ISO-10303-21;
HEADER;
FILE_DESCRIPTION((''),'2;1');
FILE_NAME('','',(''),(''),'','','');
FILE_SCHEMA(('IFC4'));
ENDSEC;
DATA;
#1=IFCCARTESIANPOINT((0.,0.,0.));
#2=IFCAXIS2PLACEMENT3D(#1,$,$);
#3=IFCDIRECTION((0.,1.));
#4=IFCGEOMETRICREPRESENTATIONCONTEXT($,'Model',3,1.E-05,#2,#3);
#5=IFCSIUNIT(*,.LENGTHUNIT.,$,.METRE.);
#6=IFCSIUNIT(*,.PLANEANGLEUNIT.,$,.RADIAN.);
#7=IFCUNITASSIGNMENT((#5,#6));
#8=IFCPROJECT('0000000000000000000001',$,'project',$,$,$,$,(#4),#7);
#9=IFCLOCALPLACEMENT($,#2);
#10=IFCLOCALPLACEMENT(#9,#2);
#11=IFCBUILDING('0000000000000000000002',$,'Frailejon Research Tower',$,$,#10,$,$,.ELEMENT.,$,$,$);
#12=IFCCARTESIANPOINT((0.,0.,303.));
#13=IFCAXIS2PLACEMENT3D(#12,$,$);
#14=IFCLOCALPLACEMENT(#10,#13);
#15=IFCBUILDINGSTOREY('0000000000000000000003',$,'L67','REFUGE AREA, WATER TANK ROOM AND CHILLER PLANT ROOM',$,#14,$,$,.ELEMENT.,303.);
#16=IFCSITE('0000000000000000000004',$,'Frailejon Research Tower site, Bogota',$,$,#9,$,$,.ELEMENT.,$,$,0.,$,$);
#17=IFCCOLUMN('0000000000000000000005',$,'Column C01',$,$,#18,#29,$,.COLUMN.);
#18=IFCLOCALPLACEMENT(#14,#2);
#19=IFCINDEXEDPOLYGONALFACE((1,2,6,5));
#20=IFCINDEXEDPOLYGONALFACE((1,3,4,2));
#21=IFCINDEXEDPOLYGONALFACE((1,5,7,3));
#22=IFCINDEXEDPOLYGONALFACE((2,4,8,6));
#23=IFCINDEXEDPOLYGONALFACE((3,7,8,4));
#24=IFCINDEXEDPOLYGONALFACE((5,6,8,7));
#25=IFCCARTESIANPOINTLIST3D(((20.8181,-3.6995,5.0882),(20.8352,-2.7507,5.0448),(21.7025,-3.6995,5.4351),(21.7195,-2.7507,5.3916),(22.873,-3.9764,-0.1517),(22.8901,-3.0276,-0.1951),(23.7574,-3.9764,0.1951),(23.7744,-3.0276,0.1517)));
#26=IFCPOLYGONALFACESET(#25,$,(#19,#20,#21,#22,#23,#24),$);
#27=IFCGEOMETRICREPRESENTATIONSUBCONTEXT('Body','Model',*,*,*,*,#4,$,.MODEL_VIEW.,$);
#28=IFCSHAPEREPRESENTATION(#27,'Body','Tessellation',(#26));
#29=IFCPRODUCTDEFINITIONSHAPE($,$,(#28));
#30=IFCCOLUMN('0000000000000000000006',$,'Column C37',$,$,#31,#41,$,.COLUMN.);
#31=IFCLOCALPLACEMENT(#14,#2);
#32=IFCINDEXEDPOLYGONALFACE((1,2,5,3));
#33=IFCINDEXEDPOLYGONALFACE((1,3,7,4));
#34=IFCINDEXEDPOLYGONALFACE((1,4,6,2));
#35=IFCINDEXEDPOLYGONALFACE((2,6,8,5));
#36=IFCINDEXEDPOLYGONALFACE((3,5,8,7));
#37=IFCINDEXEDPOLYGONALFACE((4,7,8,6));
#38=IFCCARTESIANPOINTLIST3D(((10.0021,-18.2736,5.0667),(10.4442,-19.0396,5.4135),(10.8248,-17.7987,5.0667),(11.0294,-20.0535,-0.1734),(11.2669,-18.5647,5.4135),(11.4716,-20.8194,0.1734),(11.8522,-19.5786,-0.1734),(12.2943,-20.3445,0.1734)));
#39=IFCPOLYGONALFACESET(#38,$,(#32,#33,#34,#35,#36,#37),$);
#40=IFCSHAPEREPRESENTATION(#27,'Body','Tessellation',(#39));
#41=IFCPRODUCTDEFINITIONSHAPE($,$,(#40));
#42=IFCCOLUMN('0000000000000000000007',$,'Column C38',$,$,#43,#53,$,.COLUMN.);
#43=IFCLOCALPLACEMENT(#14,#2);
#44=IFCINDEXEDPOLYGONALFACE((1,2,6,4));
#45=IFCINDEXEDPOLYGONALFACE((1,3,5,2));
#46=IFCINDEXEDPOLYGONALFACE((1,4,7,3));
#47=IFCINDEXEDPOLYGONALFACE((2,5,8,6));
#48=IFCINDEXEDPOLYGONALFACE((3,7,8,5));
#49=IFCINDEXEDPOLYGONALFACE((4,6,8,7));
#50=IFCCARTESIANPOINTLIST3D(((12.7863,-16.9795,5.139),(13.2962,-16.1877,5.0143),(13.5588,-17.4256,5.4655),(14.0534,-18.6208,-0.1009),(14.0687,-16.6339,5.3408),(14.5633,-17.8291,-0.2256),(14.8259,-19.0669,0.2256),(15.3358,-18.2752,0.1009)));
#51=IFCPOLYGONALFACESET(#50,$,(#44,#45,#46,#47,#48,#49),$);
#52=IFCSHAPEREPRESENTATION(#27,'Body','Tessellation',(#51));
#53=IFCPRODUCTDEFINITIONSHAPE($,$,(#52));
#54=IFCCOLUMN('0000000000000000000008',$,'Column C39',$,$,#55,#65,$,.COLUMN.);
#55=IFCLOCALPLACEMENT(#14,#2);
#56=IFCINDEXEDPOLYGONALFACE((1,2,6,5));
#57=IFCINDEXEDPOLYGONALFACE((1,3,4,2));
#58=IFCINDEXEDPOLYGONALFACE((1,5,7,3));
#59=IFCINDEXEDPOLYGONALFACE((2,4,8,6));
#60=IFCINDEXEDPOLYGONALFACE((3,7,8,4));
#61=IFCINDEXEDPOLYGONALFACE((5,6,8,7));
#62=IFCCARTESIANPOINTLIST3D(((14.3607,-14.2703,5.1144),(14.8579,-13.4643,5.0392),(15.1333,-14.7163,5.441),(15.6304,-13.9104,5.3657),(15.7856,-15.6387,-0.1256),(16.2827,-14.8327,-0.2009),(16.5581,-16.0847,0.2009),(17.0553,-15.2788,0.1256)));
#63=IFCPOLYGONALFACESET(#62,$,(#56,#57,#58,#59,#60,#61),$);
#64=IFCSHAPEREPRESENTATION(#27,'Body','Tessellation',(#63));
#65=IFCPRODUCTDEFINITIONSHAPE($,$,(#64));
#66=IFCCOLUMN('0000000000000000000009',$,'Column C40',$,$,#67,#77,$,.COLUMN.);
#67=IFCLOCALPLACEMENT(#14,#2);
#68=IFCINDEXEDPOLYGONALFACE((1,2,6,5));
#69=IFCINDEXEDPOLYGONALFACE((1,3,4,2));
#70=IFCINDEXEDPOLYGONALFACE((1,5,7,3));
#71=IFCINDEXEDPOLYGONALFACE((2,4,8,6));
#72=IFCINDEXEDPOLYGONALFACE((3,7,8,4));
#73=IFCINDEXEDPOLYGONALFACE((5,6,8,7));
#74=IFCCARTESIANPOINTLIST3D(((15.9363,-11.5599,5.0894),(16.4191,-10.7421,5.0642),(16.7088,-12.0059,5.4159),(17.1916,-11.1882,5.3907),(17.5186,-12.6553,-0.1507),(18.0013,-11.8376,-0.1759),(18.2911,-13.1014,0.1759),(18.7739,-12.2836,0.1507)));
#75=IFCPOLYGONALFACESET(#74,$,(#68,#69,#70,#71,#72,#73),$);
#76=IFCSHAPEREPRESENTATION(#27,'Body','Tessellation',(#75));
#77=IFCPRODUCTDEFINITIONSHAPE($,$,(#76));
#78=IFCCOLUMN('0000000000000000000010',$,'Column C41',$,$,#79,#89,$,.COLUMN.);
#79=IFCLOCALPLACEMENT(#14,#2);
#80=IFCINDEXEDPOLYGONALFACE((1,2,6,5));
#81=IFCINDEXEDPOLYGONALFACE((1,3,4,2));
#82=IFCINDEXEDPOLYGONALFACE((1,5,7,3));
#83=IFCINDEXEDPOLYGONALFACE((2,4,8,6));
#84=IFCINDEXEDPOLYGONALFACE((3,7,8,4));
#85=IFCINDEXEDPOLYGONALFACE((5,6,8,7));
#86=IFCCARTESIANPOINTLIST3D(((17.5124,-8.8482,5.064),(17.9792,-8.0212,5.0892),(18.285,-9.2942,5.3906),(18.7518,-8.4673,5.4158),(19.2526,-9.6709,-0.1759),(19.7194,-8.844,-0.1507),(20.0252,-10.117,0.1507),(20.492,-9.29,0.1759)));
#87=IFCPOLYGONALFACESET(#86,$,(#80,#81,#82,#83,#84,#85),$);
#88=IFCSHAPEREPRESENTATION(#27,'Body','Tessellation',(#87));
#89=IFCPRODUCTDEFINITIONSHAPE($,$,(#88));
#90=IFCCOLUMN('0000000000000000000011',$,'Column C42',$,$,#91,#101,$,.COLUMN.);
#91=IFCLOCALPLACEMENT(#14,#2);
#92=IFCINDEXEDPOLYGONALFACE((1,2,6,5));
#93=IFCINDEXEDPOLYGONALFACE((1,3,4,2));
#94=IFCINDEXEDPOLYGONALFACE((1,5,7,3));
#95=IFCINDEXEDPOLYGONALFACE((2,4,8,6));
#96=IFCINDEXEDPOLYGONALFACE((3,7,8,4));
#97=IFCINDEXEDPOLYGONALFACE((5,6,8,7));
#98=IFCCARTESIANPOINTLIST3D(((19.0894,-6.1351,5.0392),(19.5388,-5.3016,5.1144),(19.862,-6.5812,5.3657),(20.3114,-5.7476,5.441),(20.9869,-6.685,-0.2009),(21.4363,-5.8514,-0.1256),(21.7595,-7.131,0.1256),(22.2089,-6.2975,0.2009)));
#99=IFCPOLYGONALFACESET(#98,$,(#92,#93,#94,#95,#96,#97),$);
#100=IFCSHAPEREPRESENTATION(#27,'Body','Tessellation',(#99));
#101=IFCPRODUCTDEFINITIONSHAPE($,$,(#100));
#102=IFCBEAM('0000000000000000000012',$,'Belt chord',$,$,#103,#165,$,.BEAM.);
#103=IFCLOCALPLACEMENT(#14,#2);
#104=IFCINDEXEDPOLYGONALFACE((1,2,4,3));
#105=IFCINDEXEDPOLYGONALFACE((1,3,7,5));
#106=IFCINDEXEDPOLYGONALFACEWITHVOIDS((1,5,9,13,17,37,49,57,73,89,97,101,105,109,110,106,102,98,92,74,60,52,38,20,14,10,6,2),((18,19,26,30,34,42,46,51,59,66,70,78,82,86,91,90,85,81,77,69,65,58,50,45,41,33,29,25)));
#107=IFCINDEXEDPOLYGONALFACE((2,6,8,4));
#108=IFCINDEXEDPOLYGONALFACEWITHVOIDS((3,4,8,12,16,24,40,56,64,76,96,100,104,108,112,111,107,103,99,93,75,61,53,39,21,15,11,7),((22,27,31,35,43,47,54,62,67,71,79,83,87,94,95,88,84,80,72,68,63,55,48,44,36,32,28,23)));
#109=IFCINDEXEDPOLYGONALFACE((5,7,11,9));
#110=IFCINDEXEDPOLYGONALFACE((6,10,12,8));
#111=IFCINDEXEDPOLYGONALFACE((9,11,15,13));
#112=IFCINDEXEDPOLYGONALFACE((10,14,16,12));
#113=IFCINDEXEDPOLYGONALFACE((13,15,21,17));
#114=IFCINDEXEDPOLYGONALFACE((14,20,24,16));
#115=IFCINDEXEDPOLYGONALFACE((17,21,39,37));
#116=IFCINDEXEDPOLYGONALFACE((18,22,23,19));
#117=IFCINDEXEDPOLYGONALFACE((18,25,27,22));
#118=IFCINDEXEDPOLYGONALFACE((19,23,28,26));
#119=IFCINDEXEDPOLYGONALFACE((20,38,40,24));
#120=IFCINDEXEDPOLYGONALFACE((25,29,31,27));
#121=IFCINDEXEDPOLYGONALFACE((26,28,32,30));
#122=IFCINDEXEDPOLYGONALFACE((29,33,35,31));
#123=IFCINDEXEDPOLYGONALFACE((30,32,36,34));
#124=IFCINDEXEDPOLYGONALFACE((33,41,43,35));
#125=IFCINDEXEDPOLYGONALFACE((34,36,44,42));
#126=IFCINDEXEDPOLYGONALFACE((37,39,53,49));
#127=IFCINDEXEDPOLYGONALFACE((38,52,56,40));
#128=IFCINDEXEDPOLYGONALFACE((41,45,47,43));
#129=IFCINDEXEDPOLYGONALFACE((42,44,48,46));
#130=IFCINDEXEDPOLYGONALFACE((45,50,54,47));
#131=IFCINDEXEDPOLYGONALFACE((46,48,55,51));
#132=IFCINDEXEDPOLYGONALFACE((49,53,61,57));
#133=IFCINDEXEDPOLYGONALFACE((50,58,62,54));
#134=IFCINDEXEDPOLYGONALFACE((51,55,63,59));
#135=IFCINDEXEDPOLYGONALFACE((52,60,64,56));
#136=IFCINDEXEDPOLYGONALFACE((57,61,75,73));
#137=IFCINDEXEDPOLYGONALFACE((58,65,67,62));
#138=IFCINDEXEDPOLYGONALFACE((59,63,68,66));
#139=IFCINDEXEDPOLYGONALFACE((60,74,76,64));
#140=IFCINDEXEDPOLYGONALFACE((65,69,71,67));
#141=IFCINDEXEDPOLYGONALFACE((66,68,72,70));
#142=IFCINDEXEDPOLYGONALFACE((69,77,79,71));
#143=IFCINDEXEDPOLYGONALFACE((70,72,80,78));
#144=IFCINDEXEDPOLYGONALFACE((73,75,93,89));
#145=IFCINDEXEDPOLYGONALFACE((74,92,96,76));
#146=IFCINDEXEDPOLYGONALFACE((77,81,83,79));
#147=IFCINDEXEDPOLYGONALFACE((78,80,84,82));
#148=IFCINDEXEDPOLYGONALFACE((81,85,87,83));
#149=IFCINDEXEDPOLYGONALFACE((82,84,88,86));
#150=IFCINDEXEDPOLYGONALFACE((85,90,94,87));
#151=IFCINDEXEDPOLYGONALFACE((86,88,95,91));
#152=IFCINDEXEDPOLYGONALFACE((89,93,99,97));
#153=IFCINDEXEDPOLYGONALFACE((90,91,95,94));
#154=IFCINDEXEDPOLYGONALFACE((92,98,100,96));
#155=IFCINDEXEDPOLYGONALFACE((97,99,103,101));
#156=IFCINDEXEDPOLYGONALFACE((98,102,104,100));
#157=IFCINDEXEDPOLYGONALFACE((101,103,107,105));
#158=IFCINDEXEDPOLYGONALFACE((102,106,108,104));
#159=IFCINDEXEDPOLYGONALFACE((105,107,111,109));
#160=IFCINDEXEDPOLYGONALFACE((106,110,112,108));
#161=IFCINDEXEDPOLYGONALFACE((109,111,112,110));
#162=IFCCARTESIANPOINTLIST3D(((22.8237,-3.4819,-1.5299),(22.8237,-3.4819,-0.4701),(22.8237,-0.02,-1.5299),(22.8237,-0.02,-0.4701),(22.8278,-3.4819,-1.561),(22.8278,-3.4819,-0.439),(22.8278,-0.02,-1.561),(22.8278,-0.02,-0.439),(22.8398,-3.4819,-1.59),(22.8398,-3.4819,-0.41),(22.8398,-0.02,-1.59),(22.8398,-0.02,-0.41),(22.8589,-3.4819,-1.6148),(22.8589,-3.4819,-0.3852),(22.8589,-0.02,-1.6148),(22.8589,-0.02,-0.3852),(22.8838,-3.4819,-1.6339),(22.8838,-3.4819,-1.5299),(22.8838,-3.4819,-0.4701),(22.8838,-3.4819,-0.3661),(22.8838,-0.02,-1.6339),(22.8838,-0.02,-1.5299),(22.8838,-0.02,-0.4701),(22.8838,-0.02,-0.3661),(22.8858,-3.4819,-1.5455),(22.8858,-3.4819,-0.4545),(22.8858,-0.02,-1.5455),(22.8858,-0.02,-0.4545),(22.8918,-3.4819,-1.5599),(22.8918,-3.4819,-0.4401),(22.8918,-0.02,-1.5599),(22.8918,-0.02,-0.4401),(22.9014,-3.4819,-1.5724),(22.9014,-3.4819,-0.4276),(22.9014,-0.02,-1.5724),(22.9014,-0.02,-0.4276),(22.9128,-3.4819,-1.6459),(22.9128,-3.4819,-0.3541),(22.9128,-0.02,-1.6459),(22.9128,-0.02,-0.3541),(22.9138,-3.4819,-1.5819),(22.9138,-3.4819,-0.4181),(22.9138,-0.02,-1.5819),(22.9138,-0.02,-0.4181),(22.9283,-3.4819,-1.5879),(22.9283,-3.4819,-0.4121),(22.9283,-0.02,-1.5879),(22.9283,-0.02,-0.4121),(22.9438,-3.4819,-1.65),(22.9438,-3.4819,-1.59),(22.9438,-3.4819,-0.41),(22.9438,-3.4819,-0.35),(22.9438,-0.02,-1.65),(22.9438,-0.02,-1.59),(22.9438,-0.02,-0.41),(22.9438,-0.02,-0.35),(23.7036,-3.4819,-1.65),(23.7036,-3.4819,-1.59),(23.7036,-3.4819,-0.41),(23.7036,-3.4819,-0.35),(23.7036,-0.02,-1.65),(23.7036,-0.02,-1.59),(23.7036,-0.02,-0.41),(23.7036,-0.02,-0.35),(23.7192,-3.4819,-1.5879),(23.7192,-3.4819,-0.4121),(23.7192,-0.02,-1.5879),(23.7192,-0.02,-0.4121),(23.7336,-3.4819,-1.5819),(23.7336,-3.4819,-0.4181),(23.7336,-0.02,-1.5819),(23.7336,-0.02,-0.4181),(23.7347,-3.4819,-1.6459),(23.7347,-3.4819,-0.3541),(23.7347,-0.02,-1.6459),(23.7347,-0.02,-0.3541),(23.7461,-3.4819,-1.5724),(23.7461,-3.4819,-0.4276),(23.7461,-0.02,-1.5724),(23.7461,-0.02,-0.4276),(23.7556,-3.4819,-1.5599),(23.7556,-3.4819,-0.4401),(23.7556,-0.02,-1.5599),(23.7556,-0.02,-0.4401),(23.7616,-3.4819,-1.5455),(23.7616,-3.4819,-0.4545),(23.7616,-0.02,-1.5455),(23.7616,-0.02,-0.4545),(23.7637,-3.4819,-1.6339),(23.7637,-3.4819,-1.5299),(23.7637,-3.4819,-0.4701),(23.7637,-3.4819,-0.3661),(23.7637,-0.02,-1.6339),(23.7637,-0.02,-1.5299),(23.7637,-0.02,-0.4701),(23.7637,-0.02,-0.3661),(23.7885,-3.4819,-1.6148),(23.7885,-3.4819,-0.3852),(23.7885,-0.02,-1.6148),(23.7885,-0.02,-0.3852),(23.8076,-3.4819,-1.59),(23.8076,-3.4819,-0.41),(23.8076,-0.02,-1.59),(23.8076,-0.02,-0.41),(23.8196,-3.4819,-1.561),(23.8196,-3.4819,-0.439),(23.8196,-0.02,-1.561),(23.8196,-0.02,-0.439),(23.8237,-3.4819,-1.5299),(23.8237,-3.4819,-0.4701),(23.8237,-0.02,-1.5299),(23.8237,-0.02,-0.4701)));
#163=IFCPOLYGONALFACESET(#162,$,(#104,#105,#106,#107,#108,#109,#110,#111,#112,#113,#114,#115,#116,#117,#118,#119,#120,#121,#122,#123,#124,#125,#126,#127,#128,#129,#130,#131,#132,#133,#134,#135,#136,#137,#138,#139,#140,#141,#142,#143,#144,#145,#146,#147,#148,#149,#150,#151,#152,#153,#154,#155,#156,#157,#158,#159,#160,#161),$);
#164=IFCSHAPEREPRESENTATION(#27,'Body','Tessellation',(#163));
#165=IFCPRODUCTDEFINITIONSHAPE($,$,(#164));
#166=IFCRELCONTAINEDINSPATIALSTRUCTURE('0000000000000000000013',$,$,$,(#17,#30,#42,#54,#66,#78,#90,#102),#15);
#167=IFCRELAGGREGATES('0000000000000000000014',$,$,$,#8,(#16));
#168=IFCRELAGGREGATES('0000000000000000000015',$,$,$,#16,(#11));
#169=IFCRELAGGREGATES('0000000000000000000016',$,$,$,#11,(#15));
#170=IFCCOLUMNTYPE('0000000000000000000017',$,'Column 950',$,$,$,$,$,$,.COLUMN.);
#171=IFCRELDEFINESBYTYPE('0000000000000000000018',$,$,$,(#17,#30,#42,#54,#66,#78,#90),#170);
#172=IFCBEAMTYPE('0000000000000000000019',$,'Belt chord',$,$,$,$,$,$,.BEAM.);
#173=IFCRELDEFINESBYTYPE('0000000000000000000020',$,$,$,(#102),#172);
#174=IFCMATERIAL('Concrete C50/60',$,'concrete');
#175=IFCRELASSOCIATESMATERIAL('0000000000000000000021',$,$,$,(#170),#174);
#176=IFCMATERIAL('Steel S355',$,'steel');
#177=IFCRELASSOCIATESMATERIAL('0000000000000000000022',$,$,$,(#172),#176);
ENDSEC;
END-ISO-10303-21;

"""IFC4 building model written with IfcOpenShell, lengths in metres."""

from ifc_helpers import new_model, si_unit, direction, frame, origin, origin_2d, place, context, subcontext, project, spatial, rectangle, hollow_rectangle, extrude, material, material_profile, profile_set, type_object, element, save


model = new_model("IFC4")

# Units and contexts
model_context = context("Model", 3, precision=1e-05, world=origin(), true_north=direction((0.0, 1.0)))
body_context = subcontext(model_context, "Body", "Model", "MODEL_VIEW")
ifc_project = project(units=[si_unit("LENGTHUNIT", "METRE"), si_unit("PLANEANGLEUNIT", "RADIAN")], contexts=[model_context])

# Site, building, storey
site_placement = place(None, origin())
site = spatial("IfcSite", under=ifc_project, at=site_placement, Name="Frailejon Research Tower site, Bogota", CompositionType="ELEMENT", RefElevation=0.0)
building_placement = place(site_placement, origin())
building = spatial("IfcBuilding", under=site, at=building_placement, Name="Frailejon Research Tower", CompositionType="ELEMENT")
storey_placement = place(building_placement, frame((0.0, 0.0, 303.0)))
storey = spatial("IfcBuildingStorey", under=building, at=storey_placement, Name="L67", Description="REFUGE AREA, WATER TANK ROOM AND CHILLER PLANT ROOM", CompositionType="ELEMENT", Elevation=303.0)

# Columns
ifc_material_1 = material(Name="Concrete C50/60", Category="concrete")
ifc_material_profile_1 = material_profile(ifc_material_1, rectangle(XDim=0.95, YDim=0.95, at=origin_2d()), Name="Column 950")
ifc_profile_set_1 = profile_set([ifc_material_profile_1], Name="Concrete C50/60")
column_type = type_object("IfcColumnType", Name="Column 950", PredefinedType="COLUMN", material=ifc_profile_set_1)
column_1_placement = place(storey_placement, frame((23.3237, -3.502, 0.0), z_axis=(-0.364652, 0.049129, 0.929847), x_axis=(0.017938, 0.998792, -0.045737)))
element("IfcColumn", 1, at=column_1_placement, inside=storey, type_object=column_type, Name="Column C01", PredefinedType="COLUMN", context=body_context, shape_type="SweptSolid", body=[
    extrude(rectangle(XDim=0.95, YDim=0.95, at=origin_2d()), origin(), (0.0, 0.0, 1.0), 5.6353),
])
column_2_placement = place(storey_placement, frame((11.6619, -20.199, 0.0), z_axis=(-0.182524, 0.316207, 0.930966), x_axis=(0.866068, 0.499927, -0.000003)))
element("IfcColumn", 2, at=column_2_placement, inside=storey, type_object=column_type, Name="Column C37", PredefinedType="COLUMN", context=body_context, shape_type="SweptSolid", body=[
    extrude(rectangle(XDim=0.95, YDim=0.95, at=origin_2d()), origin(), (0.0, 0.0, 1.0), 5.6287),
])
column_3_placement = place(storey_placement, frame((14.6946, -18.448, 0.0), z_axis=(-0.224847, 0.291261, 0.929844), x_axis=(0.536787, 0.833444, -0.131264)))
element("IfcColumn", 3, at=column_3_placement, inside=storey, type_object=column_type, Name="Column C38", PredefinedType="COLUMN", context=body_context, shape_type="SweptSolid", body=[
    extrude(rectangle(XDim=0.95, YDim=0.95, at=origin_2d()), origin(), (0.0, 0.0, 1.0), 5.6353),
])
column_4_placement = place(storey_placement, frame((16.4204, -15.4587, 0.0), z_axis=(-0.254429, 0.244358, 0.935711), x_axis=(0.523377, 0.848408, -0.079248)))
element("IfcColumn", 4, at=column_4_placement, inside=storey, type_object=column_type, Name="Column C39", PredefinedType="COLUMN", context=body_context, shape_type="SweptSolid", body=[
    extrude(rectangle(XDim=0.95, YDim=0.95, at=origin_2d()), origin(), (0.0, 0.0, 1.0), 5.6001),
])
for number, where, z_axis, x_axis, name in (
    (5, (18.1462, -12.4695, 0.0), (-0.283449, 0.196241, 0.938694), (0.508203, 0.860829, -0.026505), "Column C40"),
    (6, (19.8723, -9.4805, 0.0), (-0.311738, 0.147384, 0.938668), (0.491392, 0.870535, 0.026508), "Column C41"),
):
    element("IfcColumn", number, at=place(storey_placement, frame(where, z_axis=z_axis, x_axis=x_axis)), inside=storey, type_object=column_type, Name=name, PredefinedType="COLUMN", context=body_context, shape_type="SweptSolid", body=[
        extrude(rectangle(XDim=0.95, YDim=0.95, at=origin_2d()), origin(), (0.0, 0.0, 1.0), 5.5823),
    ])
column_5_placement = place(storey_placement, frame((21.5979, -6.4912, 0.0), z_axis=(-0.338832, 0.098179, 0.93571), x_axis=(0.473093, 0.877441, 0.079247)))
element("IfcColumn", 7, at=column_5_placement, inside=storey, type_object=column_type, Name="Column C42", PredefinedType="COLUMN", context=body_context, shape_type="SweptSolid", body=[
    extrude(rectangle(XDim=0.95, YDim=0.95, at=origin_2d()), origin(), (0.0, 0.0, 1.0), 5.6001),
])

# Beam
ifc_material_2 = material(Name="Steel S355", Category="steel")
ifc_material_profile_2 = material_profile(ifc_material_2, hollow_rectangle(XDim=1.0, YDim=1.3, WallThickness=0.0601, InnerFilletRadius=0.0601, OuterFilletRadius=0.1201, at=origin_2d()), Name="Belt chord")
ifc_profile_set_2 = profile_set([ifc_material_profile_2], Name="Steel S355")
beam_type_1 = type_object("IfcBeamType", Name="Belt chord", PredefinedType="BEAM", material=ifc_profile_set_2)
beam_1_placement = place(storey_placement, frame((23.3237, -3.4819, -1.0), z_axis=(0.0, 1.0, 0.0), x_axis=(-1.0, 0.0, 0.0)))
element("IfcBeam", 8, at=beam_1_placement, inside=storey, type_object=beam_type_1, Name="Belt chord", PredefinedType="BEAM", context=body_context, shape_type="SweptSolid", body=[
    extrude(hollow_rectangle(XDim=1.0, YDim=1.3, WallThickness=0.0601, InnerFilletRadius=0.0601, OuterFilletRadius=0.1201, at=origin_2d()), origin(), (0.0, 0.0, 1.0), 3.4619),
])

save(model, "model.ifc")
